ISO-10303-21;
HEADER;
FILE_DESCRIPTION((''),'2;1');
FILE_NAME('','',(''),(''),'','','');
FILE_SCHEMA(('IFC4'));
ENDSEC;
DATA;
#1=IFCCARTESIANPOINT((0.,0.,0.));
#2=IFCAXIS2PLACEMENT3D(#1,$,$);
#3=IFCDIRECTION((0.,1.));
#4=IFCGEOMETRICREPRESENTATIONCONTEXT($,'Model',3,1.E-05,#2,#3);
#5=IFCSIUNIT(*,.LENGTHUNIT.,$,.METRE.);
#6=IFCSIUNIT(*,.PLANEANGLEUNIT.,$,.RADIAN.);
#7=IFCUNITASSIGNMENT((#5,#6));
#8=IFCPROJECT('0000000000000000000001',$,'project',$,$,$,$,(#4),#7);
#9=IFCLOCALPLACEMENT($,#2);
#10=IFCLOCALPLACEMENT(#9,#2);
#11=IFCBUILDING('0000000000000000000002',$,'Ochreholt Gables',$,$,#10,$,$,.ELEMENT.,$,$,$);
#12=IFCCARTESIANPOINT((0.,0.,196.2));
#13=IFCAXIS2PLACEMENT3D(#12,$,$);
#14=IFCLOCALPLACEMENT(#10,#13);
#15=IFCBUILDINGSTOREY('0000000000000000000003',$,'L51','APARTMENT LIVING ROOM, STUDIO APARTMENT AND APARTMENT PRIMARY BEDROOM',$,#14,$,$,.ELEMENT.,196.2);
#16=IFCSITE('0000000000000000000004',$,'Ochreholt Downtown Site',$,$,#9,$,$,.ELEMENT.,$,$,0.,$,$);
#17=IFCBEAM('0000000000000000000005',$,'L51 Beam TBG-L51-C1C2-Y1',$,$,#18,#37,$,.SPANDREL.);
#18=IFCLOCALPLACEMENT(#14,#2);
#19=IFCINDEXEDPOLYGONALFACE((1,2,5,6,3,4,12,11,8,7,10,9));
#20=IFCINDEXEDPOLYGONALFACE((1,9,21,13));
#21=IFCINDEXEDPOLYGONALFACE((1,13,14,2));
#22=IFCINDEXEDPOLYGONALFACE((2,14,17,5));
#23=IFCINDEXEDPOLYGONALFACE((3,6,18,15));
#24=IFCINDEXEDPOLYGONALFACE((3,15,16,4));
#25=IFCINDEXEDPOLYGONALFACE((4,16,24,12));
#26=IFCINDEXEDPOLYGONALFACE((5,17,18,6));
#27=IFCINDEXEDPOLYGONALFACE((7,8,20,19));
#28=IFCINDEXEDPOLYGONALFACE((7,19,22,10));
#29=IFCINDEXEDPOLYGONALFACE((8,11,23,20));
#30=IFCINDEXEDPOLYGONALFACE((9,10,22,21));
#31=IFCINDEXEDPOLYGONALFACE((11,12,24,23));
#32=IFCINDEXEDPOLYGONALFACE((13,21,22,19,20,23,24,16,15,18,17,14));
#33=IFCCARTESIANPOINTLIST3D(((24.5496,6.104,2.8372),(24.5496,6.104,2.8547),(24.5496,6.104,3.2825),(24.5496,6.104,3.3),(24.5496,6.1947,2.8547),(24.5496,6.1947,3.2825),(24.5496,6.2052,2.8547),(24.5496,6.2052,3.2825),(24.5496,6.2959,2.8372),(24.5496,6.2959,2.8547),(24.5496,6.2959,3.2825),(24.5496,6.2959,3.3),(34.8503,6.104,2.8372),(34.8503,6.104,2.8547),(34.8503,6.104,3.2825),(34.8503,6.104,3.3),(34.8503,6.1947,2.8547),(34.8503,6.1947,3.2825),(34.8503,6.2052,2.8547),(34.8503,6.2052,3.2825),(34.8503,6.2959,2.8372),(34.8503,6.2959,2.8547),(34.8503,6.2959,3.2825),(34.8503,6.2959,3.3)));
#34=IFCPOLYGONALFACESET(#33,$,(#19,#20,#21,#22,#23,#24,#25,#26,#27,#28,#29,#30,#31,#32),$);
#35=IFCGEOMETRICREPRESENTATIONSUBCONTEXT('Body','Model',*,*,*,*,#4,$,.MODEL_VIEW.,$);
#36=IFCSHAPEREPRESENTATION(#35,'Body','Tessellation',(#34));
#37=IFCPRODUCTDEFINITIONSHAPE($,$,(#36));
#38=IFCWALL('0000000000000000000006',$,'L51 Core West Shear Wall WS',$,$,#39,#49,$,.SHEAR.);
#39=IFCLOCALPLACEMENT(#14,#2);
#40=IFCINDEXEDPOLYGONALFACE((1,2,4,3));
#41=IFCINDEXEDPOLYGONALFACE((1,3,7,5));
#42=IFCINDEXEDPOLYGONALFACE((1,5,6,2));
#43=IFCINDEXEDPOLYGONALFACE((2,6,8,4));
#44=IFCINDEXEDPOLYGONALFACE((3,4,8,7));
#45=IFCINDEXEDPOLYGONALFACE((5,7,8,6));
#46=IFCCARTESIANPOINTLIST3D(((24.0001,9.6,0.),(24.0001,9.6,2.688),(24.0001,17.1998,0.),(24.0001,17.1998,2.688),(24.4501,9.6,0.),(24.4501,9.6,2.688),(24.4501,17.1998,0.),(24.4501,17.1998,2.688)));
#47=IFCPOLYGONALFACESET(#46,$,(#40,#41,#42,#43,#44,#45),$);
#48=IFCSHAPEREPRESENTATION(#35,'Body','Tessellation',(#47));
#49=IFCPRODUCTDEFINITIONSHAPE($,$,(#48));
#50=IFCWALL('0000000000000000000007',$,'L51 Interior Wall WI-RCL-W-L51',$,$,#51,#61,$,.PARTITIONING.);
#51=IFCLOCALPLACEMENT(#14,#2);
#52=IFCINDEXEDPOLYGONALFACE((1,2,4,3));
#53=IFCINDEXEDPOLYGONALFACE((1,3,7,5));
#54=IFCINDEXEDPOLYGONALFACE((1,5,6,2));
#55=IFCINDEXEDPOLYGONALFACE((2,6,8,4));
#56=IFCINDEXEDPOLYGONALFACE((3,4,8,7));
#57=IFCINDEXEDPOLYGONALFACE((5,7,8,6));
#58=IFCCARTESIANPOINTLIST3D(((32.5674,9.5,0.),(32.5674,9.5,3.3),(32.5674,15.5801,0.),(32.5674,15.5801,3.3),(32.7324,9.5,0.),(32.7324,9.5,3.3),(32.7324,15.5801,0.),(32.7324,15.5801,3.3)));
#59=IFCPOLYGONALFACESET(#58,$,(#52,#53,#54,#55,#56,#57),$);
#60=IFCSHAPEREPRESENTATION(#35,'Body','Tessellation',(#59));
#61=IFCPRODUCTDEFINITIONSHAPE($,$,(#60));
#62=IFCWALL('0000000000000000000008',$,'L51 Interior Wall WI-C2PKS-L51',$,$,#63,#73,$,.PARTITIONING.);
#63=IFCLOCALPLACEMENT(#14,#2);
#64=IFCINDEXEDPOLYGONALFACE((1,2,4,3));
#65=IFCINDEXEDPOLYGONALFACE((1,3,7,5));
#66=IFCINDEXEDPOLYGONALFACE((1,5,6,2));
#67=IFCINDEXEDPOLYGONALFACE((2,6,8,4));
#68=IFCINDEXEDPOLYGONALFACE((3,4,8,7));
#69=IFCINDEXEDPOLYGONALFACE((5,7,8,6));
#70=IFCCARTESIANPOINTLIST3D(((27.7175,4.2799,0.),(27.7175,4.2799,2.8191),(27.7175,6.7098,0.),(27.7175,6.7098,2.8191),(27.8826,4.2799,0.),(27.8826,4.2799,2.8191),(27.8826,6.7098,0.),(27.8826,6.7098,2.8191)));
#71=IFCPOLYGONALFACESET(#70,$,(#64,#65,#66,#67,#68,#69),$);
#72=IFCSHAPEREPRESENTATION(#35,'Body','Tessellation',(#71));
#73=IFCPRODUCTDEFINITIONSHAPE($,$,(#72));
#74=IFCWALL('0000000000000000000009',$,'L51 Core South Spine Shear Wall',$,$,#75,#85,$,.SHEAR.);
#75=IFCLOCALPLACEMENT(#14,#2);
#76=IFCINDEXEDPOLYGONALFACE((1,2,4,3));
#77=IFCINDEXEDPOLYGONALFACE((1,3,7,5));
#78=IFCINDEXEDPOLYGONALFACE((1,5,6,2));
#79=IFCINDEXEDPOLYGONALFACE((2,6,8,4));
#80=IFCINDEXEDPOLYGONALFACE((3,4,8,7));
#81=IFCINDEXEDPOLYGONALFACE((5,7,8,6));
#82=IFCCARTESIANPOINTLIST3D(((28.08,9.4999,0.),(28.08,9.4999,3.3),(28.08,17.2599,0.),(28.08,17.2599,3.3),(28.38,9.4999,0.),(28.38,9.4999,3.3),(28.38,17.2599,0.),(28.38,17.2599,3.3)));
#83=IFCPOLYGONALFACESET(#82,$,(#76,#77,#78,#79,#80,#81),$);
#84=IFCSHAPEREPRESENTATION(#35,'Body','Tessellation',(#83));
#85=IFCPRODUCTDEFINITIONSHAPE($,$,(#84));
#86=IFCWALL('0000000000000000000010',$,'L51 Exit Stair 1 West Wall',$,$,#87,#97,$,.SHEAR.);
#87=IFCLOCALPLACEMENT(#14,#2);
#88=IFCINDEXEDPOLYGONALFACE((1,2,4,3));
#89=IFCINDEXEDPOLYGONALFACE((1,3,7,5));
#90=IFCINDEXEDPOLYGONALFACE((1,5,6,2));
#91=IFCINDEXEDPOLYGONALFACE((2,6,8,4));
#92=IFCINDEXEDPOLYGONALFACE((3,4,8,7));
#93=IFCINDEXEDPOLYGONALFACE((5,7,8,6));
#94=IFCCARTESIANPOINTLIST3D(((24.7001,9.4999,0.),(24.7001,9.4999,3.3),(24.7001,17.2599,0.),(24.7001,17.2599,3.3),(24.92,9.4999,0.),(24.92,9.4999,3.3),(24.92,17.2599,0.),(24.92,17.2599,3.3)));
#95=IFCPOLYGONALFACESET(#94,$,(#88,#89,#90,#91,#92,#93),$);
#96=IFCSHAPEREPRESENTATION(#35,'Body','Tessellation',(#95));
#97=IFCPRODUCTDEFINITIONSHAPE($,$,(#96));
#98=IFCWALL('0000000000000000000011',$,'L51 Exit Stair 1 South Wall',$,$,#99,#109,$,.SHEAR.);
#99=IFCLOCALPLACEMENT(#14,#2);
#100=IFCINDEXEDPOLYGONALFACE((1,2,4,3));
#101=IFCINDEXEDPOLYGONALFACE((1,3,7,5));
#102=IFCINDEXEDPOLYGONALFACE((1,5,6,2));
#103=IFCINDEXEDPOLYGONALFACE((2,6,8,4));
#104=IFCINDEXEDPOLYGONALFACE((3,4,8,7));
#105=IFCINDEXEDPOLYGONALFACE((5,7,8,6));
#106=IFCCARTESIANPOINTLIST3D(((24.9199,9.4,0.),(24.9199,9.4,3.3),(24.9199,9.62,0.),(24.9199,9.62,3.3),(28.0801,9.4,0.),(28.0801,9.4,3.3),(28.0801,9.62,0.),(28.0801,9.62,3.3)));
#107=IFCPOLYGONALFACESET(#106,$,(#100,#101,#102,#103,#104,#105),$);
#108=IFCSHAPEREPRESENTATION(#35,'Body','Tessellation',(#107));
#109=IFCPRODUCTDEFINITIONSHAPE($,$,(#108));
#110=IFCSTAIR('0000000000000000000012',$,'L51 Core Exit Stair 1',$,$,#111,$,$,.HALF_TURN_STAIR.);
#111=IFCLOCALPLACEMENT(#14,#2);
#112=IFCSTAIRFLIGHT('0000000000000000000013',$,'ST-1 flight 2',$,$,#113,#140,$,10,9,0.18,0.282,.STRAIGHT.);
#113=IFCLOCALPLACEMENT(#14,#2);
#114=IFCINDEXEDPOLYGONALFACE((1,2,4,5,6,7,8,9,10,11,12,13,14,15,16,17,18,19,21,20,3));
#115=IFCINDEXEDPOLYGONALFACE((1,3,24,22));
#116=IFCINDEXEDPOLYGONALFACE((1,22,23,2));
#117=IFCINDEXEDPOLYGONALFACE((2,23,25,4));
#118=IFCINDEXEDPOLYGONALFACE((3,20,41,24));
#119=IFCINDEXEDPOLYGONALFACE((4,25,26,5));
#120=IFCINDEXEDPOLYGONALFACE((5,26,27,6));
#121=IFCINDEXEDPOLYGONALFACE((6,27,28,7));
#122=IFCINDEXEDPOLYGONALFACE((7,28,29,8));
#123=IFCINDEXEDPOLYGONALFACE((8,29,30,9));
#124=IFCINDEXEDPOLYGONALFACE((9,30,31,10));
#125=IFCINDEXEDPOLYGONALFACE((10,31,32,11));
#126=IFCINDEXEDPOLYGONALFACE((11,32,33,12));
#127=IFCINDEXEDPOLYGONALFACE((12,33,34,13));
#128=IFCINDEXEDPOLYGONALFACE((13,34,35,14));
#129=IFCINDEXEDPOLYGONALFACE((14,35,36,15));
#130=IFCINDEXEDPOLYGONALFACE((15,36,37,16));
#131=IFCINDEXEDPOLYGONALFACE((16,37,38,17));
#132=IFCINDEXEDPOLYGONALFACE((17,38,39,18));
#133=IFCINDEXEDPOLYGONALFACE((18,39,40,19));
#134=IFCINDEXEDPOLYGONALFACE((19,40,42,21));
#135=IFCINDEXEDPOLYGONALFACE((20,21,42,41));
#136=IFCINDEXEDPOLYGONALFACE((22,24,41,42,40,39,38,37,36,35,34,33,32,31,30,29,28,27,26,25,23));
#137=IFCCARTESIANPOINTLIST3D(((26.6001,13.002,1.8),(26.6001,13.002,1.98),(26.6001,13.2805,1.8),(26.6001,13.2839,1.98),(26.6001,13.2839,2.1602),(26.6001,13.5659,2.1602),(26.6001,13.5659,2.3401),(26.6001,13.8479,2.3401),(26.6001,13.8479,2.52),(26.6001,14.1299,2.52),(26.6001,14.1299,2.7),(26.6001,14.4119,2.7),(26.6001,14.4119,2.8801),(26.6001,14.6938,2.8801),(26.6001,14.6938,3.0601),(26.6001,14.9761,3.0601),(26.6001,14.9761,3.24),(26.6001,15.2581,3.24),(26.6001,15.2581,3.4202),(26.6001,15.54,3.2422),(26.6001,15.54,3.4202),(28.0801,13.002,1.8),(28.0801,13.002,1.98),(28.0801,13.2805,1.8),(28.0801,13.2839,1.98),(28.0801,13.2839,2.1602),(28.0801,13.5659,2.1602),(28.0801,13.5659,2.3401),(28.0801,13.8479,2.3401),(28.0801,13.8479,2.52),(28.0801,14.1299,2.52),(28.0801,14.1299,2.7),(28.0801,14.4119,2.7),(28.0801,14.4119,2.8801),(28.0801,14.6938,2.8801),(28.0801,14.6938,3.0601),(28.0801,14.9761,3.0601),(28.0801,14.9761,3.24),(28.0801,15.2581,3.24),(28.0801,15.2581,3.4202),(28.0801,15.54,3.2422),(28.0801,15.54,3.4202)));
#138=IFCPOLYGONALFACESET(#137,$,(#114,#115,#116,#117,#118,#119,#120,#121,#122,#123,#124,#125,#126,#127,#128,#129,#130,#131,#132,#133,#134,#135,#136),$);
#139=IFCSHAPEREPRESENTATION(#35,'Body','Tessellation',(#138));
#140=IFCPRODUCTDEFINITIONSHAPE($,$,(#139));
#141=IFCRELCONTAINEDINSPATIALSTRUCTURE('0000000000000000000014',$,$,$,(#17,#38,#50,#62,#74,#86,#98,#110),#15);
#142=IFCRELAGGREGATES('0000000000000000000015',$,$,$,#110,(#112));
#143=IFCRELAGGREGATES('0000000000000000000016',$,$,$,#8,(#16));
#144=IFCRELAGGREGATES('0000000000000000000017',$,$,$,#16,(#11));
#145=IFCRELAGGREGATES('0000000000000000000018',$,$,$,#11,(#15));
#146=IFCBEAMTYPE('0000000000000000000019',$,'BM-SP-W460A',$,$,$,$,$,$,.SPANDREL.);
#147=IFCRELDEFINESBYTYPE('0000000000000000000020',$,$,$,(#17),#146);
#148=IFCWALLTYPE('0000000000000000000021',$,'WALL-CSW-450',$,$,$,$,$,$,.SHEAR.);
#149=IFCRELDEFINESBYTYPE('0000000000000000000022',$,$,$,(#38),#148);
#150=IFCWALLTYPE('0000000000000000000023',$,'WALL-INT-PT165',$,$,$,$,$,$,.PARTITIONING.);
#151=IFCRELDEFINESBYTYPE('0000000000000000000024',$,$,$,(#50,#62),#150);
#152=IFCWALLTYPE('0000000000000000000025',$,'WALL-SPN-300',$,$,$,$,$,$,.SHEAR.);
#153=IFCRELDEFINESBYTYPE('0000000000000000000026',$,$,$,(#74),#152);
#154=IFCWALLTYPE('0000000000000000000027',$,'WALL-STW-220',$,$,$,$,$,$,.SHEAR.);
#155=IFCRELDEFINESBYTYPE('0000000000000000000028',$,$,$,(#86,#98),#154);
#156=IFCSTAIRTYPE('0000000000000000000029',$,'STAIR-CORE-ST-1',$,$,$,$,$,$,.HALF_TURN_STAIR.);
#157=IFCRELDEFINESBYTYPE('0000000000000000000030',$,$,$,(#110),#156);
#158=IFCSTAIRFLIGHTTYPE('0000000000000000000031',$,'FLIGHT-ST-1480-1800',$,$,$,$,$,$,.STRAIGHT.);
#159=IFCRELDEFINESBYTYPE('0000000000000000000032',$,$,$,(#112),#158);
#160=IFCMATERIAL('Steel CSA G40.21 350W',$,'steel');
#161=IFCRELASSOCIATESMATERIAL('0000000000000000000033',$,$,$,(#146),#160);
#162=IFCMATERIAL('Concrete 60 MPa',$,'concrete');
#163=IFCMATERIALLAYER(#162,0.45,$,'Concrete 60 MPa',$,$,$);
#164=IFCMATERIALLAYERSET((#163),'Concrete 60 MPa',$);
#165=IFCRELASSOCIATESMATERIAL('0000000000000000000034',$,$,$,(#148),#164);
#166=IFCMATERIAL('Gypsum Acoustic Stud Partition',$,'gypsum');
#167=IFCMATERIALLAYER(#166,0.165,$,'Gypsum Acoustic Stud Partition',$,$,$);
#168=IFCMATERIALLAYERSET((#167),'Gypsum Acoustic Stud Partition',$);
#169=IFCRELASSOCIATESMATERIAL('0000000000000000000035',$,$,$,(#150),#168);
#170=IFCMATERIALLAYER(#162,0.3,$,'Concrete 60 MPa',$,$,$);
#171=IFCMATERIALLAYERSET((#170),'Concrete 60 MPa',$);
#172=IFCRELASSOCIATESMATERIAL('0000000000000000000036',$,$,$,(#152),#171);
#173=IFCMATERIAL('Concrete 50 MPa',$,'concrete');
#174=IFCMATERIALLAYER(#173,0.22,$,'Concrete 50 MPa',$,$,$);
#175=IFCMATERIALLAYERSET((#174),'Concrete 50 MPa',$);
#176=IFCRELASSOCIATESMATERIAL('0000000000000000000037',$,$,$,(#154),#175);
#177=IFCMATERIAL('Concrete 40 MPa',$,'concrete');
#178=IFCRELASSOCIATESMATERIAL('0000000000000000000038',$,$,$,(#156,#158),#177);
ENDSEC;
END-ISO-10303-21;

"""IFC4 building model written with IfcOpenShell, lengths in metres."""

from ifc_helpers import new_model, si_unit, direction, frame, frame_2d, origin, origin_2d, place, context, subcontext, project, spatial, polyline, rectangle, i_section, outline, extrude, material, layer, layer_set, material_profile, profile_set, type_object, element, aggregate, save


model = new_model("IFC4")

# Units and contexts
model_context = context("Model", 3, precision=1e-05, world=origin(), true_north=direction((0.0, 1.0)))
body_context = subcontext(model_context, "Body", "Model", "MODEL_VIEW")
ifc_project = project(units=[si_unit("LENGTHUNIT", "METRE"), si_unit("PLANEANGLEUNIT", "RADIAN")], contexts=[model_context])

# Site, building, storey
site_placement = place(None, origin())
site = spatial("IfcSite", under=ifc_project, at=site_placement, Name="Ochreholt Downtown Site", CompositionType="ELEMENT", RefElevation=0.0)
building_placement = place(site_placement, origin())
building = spatial("IfcBuilding", under=site, at=building_placement, Name="Ochreholt Gables", CompositionType="ELEMENT")
storey_placement = place(building_placement, frame((0.0, 0.0, 196.2)))
storey = spatial("IfcBuildingStorey", under=building, at=storey_placement, Name="L51", Description="APARTMENT LIVING ROOM, STUDIO APARTMENT AND APARTMENT PRIMARY BEDROOM", CompositionType="ELEMENT", Elevation=196.2)

# Beam
ifc_material_1 = material(Name="Steel CSA G40.21 350W", Category="steel")
ifc_material_profile = material_profile(ifc_material_1, i_section(OverallWidth=0.1919, OverallDepth=0.4629, WebThickness=0.0105, FlangeThickness=0.0176, at=origin_2d()), Name="W460X89")
ifc_profile_set = profile_set([ifc_material_profile], Name="Steel CSA G40.21 350W")
beam_type = type_object("IfcBeamType", Name="BM-SP-W460A", PredefinedType="SPANDREL", material=ifc_profile_set)
beam_placement = place(storey_placement, frame((24.5496, 6.2, 3.0686), z_axis=(1.0, 0.0, 0.0), x_axis=(0.0, 1.0, 0.0)))
element("IfcBeam", 1, at=beam_placement, inside=storey, type_object=beam_type, Name="L51 Beam TBG-L51-C1C2-Y1", PredefinedType="SPANDREL", context=body_context, shape_type="SweptSolid", body=[
    extrude(i_section(OverallWidth=0.1919, OverallDepth=0.4629, WebThickness=0.0105, FlangeThickness=0.0176, at=origin_2d()), origin(), (0.0, 0.0, 1.0), 10.3008),
])

# Shared definitions
ifc_material_2 = material(Name="Concrete 50 MPa", Category="concrete")

# Walls
ifc_material_3 = material(Name="Concrete 60 MPa", Category="concrete")
ifc_layer_1 = layer(ifc_material_3, 0.45, Name="Concrete 60 MPa")
ifc_layer_set_1 = layer_set([ifc_layer_1], Name="Concrete 60 MPa")
wall_type_1 = type_object("IfcWallType", Name="WALL-CSW-450", PredefinedType="SHEAR", material=ifc_layer_set_1)
wall_1_placement = place(storey_placement, frame((24.2251, 9.6001, 0.0), z_axis=(0.0, 0.0, 1.0), x_axis=(0.0, 1.0, 0.0)))
element("IfcWall", 2, at=wall_1_placement, inside=storey, type_object=wall_type_1, Name="L51 Core West Shear Wall WS", PredefinedType="SHEAR", context=body_context, shape_type="SweptSolid", body=[
    extrude(rectangle(XDim=7.5999, YDim=0.45, at=frame_2d((3.7998, 0.0))), origin(), (0.0, 0.0, 1.0), 2.688),
])
ifc_material_4 = material(Name="Gypsum Acoustic Stud Partition", Category="gypsum")
ifc_layer_2 = layer(ifc_material_4, 0.165, Name="Gypsum Acoustic Stud Partition")
ifc_layer_set_2 = layer_set([ifc_layer_2], Name="Gypsum Acoustic Stud Partition")
wall_type_2 = type_object("IfcWallType", Name="WALL-INT-PT165", PredefinedType="PARTITIONING", material=ifc_layer_set_2)
wall_2_placement = place(storey_placement, frame((32.6499, 9.5, 0.0), z_axis=(0.0, 0.0, 1.0), x_axis=(0.0, 1.0, 0.0)))
element("IfcWall", 3, at=wall_2_placement, inside=storey, type_object=wall_type_2, Name="L51 Interior Wall WI-RCL-W-L51", PredefinedType="PARTITIONING", context=body_context, shape_type="SweptSolid", body=[
    extrude(rectangle(XDim=6.0801, YDim=0.165, at=frame_2d((3.04, 0.0))), origin(), (0.0, 0.0, 1.0), 3.3),
])
wall_3_placement = place(storey_placement, frame((27.8, 4.28, 0.0), z_axis=(0.0, 0.0, 1.0), x_axis=(0.0, 1.0, 0.0)))
element("IfcWall", 4, at=wall_3_placement, inside=storey, type_object=wall_type_2, Name="L51 Interior Wall WI-C2PKS-L51", PredefinedType="PARTITIONING", context=body_context, shape_type="SweptSolid", body=[
    extrude(rectangle(XDim=2.4299, YDim=0.165, at=frame_2d((1.2148, 0.0))), origin(), (0.0, 0.0, 1.0), 2.8191),
])
ifc_layer_3 = layer(ifc_material_3, 0.3, Name="Concrete 60 MPa")
ifc_layer_set_3 = layer_set([ifc_layer_3], Name="Concrete 60 MPa")
wall_type_3 = type_object("IfcWallType", Name="WALL-SPN-300", PredefinedType="SHEAR", material=ifc_layer_set_3)
wall_4_placement = place(storey_placement, frame((28.23, 9.5, 0.0), z_axis=(0.0, 0.0, 1.0), x_axis=(0.0, 1.0, 0.0)))
element("IfcWall", 5, at=wall_4_placement, inside=storey, type_object=wall_type_3, Name="L51 Core South Spine Shear Wall", PredefinedType="SHEAR", context=body_context, shape_type="SweptSolid", body=[
    extrude(rectangle(XDim=7.76, YDim=0.3, at=frame_2d((3.8799, 0.0))), origin(), (0.0, 0.0, 1.0), 3.3),
])
ifc_layer_4 = layer(ifc_material_2, 0.22, Name="Concrete 50 MPa")
ifc_layer_set_4 = layer_set([ifc_layer_4], Name="Concrete 50 MPa")
wall_type_4 = type_object("IfcWallType", Name="WALL-STW-220", PredefinedType="SHEAR", material=ifc_layer_set_4)
wall_5_placement = place(storey_placement, frame((24.8101, 9.5, 0.0), z_axis=(0.0, 0.0, 1.0), x_axis=(0.0, 1.0, 0.0)))
element("IfcWall", 6, at=wall_5_placement, inside=storey, type_object=wall_type_4, Name="L51 Exit Stair 1 West Wall", PredefinedType="SHEAR", context=body_context, shape_type="SweptSolid", body=[
    extrude(rectangle(XDim=7.76, YDim=0.22, at=frame_2d((3.8799, 0.0))), origin(), (0.0, 0.0, 1.0), 3.3),
])
wall_6_placement = place(storey_placement, frame((24.9199, 9.51, 0.0), z_axis=(0.0, 0.0, 1.0), x_axis=(1.0, 0.0, 0.0)))
element("IfcWall", 7, at=wall_6_placement, inside=storey, type_object=wall_type_4, Name="L51 Exit Stair 1 South Wall", PredefinedType="SHEAR", context=body_context, shape_type="SweptSolid", body=[
    extrude(rectangle(XDim=3.1602, YDim=0.22, at=frame_2d((1.5801, 0.0))), origin(), (0.0, 0.0, 1.0), 3.3),
])

# Stair, stair flight
ifc_material_5 = material(Name="Concrete 40 MPa", Category="concrete")
stair_type = type_object("IfcStairType", Name="STAIR-CORE-ST-1", PredefinedType="HALF_TURN_STAIR", material=ifc_material_5)
stair_placement = place(storey_placement, origin())
stair = element("IfcStair", 8, at=stair_placement, inside=storey, type_object=stair_type, Name="L51 Core Exit Stair 1", PredefinedType="HALF_TURN_STAIR")
stair_flight_type = type_object("IfcStairFlightType", Name="FLIGHT-ST-1480-1800", PredefinedType="STRAIGHT", material=ifc_material_5)
stair_flight_placement = place(storey_placement, frame((27.3401, 13.002, 1.8), z_axis=(0.0, 0.0, 1.0), x_axis=(0.0, 1.0, 0.0)))
stair_flight = element("IfcStairFlight", 9, at=stair_flight_placement, type_object=stair_flight_type, Name="ST-1 flight 2", NumberOfRisers=10, NumberOfTreads=9, PredefinedType="STRAIGHT", RiserHeight=0.18, TreadLength=0.282, context=body_context, shape_type="SweptSolid", body=[
    extrude(outline(polyline([(0.0, 0.0), (0.0, 0.1799), (0.282, 0.1799), (0.282, 0.3601), (0.564, 0.3601), (0.564, 0.54), (0.8459, 0.54), (0.8459, 0.72), (1.1279, 0.72), (1.1279, 0.8999), (1.4099, 0.8999), (1.4099, 1.0801), (1.6919, 1.0801), (1.6919, 1.26), (1.9741, 1.26), (1.9741, 1.4399), (2.2561, 1.4399), (2.2561, 1.6201), (2.5381, 1.6201), (2.5381, 1.8), (2.5381, 1.4421), (0.2786, 0.0), (0.0, 0.0)])), frame((0.0, 0.74, 0.0), z_axis=(0.0, -1.0, 0.0), x_axis=(1.0, 0.0, 0.0)), (0.0, 0.0, 1.0), 1.48),
])
aggregate(stair, [stair_flight])

save(model, "model.ifc")
